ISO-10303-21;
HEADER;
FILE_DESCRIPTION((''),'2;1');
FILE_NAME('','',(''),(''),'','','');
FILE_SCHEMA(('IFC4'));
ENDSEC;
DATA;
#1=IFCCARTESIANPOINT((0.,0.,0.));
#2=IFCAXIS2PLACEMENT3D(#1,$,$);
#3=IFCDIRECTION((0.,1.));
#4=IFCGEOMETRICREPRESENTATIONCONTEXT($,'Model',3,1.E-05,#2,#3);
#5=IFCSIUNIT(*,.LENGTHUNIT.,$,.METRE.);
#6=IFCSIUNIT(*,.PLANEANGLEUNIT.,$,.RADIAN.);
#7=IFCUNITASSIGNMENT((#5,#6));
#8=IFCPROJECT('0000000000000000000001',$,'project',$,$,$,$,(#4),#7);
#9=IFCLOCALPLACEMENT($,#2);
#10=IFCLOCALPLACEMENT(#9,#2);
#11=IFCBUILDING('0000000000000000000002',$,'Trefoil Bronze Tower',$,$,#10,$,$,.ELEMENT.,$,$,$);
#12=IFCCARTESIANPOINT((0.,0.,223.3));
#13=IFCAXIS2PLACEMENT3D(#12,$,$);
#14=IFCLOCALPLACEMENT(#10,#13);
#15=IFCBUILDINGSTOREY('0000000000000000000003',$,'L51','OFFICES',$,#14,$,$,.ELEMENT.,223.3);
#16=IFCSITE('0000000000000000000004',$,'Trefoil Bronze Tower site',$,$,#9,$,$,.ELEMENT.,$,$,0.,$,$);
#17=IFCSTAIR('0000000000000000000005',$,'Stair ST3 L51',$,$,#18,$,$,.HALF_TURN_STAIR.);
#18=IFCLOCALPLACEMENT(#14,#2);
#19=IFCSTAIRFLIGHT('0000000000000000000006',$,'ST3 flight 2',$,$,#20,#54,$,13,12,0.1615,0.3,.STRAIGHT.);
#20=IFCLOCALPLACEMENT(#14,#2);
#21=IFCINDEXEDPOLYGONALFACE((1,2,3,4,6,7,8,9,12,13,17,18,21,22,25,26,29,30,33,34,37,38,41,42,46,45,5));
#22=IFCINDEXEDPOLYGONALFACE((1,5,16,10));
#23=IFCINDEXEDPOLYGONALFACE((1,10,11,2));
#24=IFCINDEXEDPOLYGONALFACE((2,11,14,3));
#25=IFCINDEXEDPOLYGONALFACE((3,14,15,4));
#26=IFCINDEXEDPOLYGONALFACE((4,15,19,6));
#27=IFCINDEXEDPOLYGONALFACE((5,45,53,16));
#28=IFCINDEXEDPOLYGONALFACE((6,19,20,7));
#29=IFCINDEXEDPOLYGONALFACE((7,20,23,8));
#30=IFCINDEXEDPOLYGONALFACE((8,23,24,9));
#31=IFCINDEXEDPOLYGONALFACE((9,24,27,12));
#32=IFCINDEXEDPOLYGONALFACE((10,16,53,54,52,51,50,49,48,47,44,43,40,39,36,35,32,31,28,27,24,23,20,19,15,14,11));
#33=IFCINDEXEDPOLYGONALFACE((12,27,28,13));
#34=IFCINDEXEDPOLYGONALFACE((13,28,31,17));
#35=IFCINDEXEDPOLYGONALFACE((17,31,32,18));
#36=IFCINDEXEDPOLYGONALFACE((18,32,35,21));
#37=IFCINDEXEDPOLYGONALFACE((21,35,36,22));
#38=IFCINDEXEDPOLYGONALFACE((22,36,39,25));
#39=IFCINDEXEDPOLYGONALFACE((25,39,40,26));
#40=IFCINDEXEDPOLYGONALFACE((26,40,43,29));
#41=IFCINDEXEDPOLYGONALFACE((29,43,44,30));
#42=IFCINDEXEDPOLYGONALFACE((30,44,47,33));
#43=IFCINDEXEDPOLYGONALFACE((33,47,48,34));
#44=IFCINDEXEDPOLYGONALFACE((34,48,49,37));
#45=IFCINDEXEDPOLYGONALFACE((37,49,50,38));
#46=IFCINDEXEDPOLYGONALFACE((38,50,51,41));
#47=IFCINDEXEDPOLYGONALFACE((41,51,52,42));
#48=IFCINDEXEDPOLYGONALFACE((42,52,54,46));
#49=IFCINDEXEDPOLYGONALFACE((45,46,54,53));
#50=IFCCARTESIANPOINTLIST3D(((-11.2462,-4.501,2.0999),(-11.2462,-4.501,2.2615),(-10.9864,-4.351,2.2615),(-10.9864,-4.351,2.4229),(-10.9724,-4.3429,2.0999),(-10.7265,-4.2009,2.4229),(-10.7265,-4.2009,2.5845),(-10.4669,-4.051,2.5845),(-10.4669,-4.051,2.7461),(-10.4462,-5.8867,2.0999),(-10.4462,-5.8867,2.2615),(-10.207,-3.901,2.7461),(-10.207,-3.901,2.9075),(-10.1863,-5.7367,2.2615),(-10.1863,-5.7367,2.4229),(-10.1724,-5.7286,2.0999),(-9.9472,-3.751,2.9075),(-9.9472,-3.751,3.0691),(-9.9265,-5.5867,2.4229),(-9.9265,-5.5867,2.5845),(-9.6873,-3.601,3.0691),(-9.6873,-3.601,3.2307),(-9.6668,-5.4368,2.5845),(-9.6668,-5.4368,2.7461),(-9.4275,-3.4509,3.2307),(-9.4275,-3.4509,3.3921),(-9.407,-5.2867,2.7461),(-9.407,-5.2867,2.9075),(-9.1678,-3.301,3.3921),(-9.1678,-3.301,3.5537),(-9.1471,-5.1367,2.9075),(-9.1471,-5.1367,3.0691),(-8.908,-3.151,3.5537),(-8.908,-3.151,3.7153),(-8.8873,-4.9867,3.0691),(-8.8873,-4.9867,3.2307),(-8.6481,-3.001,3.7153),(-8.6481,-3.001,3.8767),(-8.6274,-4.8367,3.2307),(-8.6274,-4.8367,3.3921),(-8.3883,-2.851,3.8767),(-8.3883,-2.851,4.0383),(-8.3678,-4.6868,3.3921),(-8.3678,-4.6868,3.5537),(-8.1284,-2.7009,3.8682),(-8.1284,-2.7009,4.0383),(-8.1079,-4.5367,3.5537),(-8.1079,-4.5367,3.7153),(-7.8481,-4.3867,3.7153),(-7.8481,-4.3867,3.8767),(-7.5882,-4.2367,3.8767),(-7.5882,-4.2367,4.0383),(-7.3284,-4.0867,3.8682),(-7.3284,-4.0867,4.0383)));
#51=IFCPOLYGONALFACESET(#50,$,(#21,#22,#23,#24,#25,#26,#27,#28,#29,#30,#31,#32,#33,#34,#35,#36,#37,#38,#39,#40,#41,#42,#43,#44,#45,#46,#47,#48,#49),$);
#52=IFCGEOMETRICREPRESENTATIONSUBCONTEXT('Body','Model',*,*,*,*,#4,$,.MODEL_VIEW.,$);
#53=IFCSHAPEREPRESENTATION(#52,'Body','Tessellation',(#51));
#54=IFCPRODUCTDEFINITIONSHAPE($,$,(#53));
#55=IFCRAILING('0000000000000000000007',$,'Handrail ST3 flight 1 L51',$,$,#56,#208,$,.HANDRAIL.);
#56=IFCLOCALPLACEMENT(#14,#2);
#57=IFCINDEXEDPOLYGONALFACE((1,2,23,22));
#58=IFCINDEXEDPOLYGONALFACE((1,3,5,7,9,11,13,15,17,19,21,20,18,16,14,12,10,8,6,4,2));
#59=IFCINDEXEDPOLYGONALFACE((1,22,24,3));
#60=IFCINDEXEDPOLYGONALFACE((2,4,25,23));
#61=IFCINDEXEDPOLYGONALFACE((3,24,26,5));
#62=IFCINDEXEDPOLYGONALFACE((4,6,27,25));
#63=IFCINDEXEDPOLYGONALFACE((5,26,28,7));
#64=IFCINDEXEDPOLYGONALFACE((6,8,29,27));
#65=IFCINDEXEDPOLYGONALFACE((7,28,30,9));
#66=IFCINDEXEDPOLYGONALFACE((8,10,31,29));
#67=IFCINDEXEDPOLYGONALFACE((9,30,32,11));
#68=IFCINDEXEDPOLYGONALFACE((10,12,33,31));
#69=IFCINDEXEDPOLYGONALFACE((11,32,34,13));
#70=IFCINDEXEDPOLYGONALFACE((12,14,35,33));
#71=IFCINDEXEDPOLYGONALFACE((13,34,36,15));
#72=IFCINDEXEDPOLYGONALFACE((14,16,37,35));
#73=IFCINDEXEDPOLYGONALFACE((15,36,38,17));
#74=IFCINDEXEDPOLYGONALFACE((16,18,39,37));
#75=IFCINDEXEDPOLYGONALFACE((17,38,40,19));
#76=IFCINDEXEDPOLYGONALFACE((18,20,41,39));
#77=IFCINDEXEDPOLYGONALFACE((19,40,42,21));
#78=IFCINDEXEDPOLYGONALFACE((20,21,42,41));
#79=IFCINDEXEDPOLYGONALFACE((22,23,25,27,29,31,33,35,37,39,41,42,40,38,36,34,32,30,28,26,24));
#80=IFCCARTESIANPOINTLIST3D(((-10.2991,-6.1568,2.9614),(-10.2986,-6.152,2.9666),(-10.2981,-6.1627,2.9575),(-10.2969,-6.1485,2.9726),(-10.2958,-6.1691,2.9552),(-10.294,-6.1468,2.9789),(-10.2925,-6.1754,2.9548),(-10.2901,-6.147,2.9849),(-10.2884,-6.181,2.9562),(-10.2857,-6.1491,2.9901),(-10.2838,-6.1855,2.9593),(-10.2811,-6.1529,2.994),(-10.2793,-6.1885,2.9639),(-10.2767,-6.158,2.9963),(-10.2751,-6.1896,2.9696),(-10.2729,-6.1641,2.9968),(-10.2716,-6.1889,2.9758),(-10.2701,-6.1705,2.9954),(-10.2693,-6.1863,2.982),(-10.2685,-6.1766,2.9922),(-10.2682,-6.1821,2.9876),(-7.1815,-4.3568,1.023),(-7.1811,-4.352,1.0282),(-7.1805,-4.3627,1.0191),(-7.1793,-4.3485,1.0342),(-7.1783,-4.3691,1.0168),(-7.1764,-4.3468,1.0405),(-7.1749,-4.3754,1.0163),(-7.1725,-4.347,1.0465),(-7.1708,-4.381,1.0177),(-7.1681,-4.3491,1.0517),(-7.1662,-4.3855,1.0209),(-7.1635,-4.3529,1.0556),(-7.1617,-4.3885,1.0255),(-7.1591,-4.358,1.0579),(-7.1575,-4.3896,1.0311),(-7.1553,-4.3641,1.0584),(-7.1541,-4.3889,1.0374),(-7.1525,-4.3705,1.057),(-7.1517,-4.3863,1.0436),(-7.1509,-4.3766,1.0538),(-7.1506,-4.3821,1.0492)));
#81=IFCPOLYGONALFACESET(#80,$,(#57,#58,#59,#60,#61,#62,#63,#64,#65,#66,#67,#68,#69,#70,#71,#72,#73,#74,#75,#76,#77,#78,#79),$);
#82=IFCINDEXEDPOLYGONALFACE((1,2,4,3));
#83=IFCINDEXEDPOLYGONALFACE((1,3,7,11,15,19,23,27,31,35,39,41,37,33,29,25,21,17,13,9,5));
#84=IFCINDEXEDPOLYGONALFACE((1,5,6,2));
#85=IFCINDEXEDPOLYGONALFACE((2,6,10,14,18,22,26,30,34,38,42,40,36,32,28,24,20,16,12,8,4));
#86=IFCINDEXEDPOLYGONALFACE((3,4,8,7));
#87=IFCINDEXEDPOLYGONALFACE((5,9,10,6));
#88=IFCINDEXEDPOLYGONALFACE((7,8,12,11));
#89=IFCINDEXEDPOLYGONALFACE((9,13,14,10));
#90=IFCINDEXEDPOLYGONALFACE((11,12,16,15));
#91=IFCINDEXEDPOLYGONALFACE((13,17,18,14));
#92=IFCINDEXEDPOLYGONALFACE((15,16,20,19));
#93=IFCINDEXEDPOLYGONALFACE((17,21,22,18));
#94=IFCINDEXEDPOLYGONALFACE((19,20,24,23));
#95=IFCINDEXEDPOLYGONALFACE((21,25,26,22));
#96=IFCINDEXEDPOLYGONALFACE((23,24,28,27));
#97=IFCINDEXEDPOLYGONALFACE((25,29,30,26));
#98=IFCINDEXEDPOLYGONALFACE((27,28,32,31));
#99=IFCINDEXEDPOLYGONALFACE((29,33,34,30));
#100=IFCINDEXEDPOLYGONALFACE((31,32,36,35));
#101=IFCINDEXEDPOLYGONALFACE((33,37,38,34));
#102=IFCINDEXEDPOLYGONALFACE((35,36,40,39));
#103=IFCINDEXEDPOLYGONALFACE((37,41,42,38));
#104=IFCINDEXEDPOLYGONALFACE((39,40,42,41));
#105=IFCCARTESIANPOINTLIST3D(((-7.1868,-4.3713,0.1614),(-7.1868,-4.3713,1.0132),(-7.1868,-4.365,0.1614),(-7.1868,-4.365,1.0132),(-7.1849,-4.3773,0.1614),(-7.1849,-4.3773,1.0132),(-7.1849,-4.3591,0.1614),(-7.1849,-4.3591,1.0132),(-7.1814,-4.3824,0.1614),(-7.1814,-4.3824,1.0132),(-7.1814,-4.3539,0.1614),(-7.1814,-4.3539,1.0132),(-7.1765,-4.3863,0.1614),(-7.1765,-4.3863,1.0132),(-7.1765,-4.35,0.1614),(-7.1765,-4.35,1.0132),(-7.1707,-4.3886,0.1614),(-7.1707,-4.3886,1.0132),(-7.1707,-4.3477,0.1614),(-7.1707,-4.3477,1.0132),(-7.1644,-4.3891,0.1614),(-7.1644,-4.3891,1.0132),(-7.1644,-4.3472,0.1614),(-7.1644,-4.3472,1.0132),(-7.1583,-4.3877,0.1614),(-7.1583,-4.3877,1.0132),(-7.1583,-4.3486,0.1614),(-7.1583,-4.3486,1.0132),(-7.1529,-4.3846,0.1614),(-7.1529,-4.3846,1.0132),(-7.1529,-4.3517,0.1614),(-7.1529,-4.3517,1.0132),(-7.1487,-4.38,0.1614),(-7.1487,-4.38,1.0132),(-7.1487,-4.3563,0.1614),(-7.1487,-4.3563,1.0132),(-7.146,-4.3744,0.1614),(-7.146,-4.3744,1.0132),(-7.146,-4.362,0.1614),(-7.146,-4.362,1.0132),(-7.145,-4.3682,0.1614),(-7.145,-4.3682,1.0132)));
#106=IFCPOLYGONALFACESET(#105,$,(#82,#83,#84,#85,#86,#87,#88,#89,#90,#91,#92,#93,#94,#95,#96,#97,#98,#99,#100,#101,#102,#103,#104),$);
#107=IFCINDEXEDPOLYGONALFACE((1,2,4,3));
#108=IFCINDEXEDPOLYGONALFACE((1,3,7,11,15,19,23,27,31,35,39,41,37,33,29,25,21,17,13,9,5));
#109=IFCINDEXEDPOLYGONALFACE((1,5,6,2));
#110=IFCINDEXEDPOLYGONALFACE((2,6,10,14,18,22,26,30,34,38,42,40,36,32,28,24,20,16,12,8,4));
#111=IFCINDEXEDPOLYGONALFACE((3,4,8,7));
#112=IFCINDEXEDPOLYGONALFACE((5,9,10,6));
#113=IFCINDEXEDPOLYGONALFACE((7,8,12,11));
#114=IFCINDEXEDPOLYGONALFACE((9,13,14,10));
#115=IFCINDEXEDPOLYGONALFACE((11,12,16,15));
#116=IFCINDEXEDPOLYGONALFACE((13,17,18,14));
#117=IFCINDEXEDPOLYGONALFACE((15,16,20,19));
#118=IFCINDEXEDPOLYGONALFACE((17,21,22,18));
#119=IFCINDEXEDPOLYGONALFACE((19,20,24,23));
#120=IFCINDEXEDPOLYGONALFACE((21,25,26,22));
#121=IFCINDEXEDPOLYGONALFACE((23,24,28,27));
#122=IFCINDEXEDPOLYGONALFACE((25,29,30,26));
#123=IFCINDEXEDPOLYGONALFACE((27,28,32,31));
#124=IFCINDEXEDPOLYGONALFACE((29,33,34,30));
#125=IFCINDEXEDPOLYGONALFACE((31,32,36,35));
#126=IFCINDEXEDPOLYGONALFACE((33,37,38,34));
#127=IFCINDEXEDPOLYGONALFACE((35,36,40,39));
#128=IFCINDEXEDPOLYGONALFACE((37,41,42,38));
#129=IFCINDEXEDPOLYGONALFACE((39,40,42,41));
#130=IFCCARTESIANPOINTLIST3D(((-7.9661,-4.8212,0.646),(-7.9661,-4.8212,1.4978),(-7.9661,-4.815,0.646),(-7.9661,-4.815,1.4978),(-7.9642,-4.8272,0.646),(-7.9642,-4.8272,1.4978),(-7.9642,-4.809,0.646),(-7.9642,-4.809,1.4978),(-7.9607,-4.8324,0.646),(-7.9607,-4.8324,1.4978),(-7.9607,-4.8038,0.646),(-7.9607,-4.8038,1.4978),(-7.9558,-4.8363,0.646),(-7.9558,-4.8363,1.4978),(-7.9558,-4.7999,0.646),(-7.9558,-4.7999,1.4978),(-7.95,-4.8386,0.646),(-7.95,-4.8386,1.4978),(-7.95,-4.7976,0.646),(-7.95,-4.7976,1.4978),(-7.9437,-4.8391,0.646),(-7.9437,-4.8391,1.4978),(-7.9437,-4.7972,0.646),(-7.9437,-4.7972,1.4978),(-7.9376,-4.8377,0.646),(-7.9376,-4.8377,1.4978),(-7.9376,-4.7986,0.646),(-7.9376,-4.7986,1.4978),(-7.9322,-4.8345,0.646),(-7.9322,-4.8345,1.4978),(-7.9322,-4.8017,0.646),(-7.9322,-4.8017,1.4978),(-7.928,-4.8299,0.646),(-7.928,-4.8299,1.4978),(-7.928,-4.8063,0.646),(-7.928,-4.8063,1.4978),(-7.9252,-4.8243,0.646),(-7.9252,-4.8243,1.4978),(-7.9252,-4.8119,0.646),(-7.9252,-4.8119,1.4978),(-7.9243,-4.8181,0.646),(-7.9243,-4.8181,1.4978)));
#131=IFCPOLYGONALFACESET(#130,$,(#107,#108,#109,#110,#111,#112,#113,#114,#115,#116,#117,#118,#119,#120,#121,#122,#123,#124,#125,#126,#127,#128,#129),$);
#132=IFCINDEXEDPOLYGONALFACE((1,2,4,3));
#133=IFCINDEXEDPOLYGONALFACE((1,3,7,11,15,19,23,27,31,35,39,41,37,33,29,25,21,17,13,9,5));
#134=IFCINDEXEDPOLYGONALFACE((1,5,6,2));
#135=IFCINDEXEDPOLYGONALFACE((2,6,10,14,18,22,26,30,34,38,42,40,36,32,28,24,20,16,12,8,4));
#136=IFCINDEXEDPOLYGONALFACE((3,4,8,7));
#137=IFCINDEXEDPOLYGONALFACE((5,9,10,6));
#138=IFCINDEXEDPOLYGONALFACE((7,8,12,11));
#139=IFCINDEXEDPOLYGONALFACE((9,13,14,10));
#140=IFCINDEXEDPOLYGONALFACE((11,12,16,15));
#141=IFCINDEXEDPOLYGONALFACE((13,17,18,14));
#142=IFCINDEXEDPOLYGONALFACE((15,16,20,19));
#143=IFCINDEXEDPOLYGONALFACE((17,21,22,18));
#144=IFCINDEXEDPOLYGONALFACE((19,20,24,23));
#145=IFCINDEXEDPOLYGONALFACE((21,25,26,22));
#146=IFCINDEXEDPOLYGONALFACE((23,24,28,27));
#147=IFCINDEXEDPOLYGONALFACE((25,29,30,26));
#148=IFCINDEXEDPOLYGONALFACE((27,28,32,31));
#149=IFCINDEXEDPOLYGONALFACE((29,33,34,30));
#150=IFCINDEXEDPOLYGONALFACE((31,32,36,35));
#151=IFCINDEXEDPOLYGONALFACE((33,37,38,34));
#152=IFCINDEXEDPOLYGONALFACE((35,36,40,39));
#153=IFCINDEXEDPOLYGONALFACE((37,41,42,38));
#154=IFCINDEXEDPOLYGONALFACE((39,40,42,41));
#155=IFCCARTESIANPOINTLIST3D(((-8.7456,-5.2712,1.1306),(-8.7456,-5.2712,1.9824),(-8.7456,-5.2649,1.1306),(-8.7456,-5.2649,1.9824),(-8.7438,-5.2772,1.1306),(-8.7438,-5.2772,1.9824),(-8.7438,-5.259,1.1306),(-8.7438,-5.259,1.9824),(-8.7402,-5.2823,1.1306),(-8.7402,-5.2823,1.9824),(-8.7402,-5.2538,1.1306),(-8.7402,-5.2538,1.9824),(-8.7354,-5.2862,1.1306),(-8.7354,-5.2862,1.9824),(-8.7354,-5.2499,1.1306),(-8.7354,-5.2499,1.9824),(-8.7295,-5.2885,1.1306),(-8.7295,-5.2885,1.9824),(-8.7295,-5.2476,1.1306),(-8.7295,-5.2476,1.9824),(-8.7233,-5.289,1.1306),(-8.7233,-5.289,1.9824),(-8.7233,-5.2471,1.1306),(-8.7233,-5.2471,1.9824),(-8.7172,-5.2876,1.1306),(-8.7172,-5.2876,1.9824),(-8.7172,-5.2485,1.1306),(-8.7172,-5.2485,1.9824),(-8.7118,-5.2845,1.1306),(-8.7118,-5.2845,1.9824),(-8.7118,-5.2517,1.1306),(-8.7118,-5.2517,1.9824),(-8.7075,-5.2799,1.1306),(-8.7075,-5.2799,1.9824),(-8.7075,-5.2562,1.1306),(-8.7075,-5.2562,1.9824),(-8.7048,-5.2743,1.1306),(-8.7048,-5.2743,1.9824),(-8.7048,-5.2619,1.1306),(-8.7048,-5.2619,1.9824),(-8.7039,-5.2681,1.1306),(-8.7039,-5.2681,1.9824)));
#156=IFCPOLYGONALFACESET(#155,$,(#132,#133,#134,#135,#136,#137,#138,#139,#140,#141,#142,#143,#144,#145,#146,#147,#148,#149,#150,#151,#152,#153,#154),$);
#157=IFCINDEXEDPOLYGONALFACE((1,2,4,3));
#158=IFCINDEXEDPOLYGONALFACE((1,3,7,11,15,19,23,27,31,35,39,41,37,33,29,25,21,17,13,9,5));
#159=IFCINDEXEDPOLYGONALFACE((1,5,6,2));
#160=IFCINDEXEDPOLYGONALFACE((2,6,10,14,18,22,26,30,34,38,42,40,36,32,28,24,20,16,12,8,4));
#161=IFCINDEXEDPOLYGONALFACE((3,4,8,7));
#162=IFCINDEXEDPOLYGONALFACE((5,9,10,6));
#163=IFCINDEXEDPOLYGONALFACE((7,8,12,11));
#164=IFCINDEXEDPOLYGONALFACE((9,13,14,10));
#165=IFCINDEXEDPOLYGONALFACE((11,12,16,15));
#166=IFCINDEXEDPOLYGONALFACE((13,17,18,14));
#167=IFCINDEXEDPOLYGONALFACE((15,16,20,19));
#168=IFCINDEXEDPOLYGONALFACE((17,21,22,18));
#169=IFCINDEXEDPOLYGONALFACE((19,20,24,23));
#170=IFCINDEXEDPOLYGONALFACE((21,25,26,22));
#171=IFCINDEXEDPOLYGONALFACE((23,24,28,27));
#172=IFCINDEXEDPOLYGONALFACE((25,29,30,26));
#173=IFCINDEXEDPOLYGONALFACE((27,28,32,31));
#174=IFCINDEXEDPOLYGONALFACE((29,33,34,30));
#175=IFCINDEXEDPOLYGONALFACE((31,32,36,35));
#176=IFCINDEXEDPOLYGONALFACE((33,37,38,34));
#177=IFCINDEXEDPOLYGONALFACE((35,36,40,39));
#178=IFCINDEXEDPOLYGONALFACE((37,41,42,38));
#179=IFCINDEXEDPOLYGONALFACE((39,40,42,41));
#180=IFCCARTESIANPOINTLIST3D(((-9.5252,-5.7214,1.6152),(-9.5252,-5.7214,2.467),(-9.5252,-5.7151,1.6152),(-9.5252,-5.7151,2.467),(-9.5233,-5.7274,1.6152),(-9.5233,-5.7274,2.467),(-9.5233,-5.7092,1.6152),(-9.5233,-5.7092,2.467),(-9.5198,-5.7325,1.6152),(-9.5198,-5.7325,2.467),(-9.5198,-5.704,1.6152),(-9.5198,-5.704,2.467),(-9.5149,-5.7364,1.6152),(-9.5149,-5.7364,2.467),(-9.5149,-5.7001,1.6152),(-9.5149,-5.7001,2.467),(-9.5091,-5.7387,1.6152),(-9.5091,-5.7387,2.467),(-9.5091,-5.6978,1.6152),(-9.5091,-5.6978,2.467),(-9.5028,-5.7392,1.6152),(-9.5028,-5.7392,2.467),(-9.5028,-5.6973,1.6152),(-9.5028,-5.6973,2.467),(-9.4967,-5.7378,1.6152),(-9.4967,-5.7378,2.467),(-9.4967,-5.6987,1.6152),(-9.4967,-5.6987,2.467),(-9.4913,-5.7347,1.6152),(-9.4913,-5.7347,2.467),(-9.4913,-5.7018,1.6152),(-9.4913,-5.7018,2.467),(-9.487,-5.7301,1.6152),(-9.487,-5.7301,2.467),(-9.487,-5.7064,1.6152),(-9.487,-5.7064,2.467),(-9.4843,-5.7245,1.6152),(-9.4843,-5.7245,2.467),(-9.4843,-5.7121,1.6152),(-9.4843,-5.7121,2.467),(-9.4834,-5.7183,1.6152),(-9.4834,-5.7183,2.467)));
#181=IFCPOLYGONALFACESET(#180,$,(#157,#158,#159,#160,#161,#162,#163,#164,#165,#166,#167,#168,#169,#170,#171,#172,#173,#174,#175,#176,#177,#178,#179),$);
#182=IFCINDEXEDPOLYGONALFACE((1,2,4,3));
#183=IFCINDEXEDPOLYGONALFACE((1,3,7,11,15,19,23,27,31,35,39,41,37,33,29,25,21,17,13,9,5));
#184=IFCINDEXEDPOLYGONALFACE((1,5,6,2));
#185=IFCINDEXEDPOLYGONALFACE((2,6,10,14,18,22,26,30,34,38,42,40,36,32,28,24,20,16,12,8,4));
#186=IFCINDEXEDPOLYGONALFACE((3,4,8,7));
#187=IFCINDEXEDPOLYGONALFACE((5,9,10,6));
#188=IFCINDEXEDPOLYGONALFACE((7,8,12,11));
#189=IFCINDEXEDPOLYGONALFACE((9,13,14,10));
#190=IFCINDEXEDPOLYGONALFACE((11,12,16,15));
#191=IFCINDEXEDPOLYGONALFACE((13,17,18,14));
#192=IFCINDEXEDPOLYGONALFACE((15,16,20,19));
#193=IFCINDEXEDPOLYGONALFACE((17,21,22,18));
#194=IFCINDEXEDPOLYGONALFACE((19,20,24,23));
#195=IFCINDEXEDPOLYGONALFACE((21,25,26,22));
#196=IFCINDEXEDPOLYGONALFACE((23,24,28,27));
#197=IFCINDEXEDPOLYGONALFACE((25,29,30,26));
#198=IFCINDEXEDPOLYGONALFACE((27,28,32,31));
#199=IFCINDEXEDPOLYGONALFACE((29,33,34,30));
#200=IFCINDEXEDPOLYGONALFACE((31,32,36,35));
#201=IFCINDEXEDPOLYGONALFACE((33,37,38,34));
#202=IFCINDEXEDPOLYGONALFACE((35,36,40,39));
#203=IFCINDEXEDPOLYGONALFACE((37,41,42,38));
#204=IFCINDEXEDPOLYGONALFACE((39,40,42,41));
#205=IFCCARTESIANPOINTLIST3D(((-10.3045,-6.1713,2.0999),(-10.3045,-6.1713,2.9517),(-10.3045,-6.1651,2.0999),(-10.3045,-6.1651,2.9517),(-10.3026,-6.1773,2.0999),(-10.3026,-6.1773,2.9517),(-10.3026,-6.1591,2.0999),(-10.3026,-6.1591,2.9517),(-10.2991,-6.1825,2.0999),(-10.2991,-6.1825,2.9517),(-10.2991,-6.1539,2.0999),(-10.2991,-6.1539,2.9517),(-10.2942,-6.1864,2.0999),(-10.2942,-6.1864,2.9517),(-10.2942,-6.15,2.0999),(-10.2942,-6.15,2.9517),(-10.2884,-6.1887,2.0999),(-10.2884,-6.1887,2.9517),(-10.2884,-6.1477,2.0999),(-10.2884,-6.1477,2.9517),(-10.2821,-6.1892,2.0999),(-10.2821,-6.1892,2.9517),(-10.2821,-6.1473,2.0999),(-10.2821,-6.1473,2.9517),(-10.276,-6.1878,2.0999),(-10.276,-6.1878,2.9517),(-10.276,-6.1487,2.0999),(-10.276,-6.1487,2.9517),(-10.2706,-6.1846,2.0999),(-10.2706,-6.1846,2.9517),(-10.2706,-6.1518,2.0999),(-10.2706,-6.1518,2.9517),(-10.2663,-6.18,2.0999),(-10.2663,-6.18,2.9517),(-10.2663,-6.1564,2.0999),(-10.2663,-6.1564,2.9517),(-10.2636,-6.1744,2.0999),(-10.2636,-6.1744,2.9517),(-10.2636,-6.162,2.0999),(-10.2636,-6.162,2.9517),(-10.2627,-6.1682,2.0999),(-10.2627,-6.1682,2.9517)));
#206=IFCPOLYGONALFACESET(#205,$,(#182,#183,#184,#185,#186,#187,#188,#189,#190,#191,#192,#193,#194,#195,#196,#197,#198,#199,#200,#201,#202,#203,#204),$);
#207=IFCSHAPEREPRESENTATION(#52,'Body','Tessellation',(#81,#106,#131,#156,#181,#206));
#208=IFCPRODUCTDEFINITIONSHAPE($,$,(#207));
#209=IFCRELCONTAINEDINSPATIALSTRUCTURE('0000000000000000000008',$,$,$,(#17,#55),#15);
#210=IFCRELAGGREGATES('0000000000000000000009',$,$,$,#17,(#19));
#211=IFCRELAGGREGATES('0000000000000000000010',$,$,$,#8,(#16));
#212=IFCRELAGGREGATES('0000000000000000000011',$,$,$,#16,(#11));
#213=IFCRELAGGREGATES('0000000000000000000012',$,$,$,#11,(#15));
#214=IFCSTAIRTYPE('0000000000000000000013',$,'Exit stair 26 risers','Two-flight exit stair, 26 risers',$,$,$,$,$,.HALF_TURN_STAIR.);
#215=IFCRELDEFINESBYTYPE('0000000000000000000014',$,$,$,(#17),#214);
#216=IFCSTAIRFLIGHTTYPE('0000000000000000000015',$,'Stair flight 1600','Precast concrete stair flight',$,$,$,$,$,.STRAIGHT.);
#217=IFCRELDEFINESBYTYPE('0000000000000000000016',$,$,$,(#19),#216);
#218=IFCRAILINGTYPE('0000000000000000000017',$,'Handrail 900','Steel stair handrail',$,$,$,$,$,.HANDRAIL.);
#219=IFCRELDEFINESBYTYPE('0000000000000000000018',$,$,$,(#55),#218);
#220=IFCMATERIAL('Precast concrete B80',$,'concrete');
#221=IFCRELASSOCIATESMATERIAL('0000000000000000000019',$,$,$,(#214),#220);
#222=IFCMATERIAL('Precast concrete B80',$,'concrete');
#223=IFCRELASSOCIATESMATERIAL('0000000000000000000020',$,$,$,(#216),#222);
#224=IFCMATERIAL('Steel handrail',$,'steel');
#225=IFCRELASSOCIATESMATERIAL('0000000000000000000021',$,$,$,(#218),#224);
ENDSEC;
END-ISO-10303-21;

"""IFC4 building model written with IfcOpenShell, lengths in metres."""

from ifc_helpers import new_model, si_unit, direction, frame, origin, origin_2d, place, context, subcontext, project, spatial, polyline, circle, outline, extrude, material, type_object, element, aggregate, save


model = new_model("IFC4")

# Units and contexts
model_context = context("Model", 3, precision=1e-05, world=origin(), true_north=direction((0.0, 1.0)))
body_context = subcontext(model_context, "Body", "Model", "MODEL_VIEW")
ifc_project = project(units=[si_unit("LENGTHUNIT", "METRE"), si_unit("PLANEANGLEUNIT", "RADIAN")], contexts=[model_context])

# Site, building, storey
site_placement = place(None, origin())
site = spatial("IfcSite", under=ifc_project, at=site_placement, Name="Trefoil Bronze Tower site", CompositionType="ELEMENT", RefElevation=0.0)
building_placement = place(site_placement, origin())
building = spatial("IfcBuilding", under=site, at=building_placement, Name="Trefoil Bronze Tower", CompositionType="ELEMENT")
storey_placement = place(building_placement, frame((0.0, 0.0, 223.3)))
storey = spatial("IfcBuildingStorey", under=building, at=storey_placement, Name="L51", Description="OFFICES", CompositionType="ELEMENT", Elevation=223.3)

# Stair, stair flight
ifc_material_1 = material(Name="Precast concrete B80", Category="concrete")
stair_type = type_object("IfcStairType", Name="Exit stair 26 risers", Description="Two-flight exit stair, 26 risers", PredefinedType="HALF_TURN_STAIR", material=ifc_material_1)
stair_placement = place(storey_placement, origin())
stair = element("IfcStair", 1, at=stair_placement, inside=storey, type_object=stair_type, Name="Stair ST3 L51", PredefinedType="HALF_TURN_STAIR")
ifc_material_2 = material(Name="Precast concrete B80", Category="concrete")
stair_flight_type = type_object("IfcStairFlightType", Name="Stair flight 1600", Description="Precast concrete stair flight", PredefinedType="STRAIGHT", material=ifc_material_2)
stair_flight_1_placement = place(storey_placement, frame((-10.8462, -5.1938, 2.0999), z_axis=(0.0, 0.0, 1.0), x_axis=(0.866025, 0.5, 0.0)))
stair_flight_1 = element("IfcStairFlight", 2, at=stair_flight_1_placement, type_object=stair_flight_type, Name="ST3 flight 2", NumberOfRisers=13, NumberOfTreads=12, PredefinedType="STRAIGHT", RiserHeight=0.1615, TreadLength=0.3, context=body_context, shape_type="SweptSolid", body=[
    extrude(outline(polyline([(0.0, 0.0), (0.0, 0.1616), (0.3, 0.1616), (0.3, 0.323), (0.6001, 0.323), (0.6001, 0.4846), (0.8999, 0.4846), (0.8999, 0.6462), (1.2, 0.6462), (1.2, 0.8076), (1.5, 0.8076), (1.5, 0.9692), (1.8, 0.9692), (1.8, 1.1309), (2.1001, 1.1309), (2.1001, 1.2922), (2.3999, 1.2922), (2.3999, 1.4539), (2.7, 1.4539), (2.7, 1.6155), (3.0, 1.6155), (3.0, 1.7769), (3.3, 1.7769), (3.3, 1.9385), (3.6001, 1.9385), (3.6001, 2.1001), (3.6001, 1.7683), (0.3162, 0.0), (0.0, 0.0)])), frame((0.0, 0.8, 0.0), z_axis=(0.0, -1.0, 0.0), x_axis=(1.0, 0.0, 0.0)), (0.0, 0.0, 1.0), 1.6001),
])
aggregate(stair, [stair_flight_1])

# Railing
ifc_material_3 = material(Name="Steel handrail", Category="steel")
railing_type = type_object("IfcRailingType", Name="Handrail 900", Description="Steel stair handrail", PredefinedType="HANDRAIL", material=ifc_material_3)
railing_1_placement = place(storey_placement, frame((-7.166, -4.3682, 0.1614)))
element("IfcRailing", 3, at=railing_1_placement, inside=storey, type_object=railing_type, Name="Handrail ST3 flight 1 L51", PredefinedType="HANDRAIL", context=body_context, shape_type="SweptSolid", body=[
    extrude(circle(Radius=0.0239, at=origin_2d()), frame((0.0, 0.0, 0.876), z_axis=(-0.762503, -0.440246, 0.474102), x_axis=(0.500012, -0.866018, 0.0)), (0.0, 0.0, 1.0), 4.0886),
    extrude(circle(Radius=0.021, at=origin_2d()), origin(), (0.0, 0.0, 1.0), 0.8518),
    extrude(circle(Radius=0.021, at=origin_2d()), frame((-0.7793, -0.45, 0.4846)), (0.0, 0.0, 1.0), 0.8518),
    extrude(circle(Radius=0.021, at=origin_2d()), frame((-1.5588, -0.8999, 0.9692)), (0.0, 0.0, 1.0), 0.8518),
    extrude(circle(Radius=0.021, at=origin_2d()), frame((-2.3384, -1.3501, 1.4539)), (0.0, 0.0, 1.0), 0.8518),
    extrude(circle(Radius=0.021, at=origin_2d()), frame((-3.1177, -1.8, 1.9385)), (0.0, 0.0, 1.0), 0.8518),
])

save(model, "model.ifc")
